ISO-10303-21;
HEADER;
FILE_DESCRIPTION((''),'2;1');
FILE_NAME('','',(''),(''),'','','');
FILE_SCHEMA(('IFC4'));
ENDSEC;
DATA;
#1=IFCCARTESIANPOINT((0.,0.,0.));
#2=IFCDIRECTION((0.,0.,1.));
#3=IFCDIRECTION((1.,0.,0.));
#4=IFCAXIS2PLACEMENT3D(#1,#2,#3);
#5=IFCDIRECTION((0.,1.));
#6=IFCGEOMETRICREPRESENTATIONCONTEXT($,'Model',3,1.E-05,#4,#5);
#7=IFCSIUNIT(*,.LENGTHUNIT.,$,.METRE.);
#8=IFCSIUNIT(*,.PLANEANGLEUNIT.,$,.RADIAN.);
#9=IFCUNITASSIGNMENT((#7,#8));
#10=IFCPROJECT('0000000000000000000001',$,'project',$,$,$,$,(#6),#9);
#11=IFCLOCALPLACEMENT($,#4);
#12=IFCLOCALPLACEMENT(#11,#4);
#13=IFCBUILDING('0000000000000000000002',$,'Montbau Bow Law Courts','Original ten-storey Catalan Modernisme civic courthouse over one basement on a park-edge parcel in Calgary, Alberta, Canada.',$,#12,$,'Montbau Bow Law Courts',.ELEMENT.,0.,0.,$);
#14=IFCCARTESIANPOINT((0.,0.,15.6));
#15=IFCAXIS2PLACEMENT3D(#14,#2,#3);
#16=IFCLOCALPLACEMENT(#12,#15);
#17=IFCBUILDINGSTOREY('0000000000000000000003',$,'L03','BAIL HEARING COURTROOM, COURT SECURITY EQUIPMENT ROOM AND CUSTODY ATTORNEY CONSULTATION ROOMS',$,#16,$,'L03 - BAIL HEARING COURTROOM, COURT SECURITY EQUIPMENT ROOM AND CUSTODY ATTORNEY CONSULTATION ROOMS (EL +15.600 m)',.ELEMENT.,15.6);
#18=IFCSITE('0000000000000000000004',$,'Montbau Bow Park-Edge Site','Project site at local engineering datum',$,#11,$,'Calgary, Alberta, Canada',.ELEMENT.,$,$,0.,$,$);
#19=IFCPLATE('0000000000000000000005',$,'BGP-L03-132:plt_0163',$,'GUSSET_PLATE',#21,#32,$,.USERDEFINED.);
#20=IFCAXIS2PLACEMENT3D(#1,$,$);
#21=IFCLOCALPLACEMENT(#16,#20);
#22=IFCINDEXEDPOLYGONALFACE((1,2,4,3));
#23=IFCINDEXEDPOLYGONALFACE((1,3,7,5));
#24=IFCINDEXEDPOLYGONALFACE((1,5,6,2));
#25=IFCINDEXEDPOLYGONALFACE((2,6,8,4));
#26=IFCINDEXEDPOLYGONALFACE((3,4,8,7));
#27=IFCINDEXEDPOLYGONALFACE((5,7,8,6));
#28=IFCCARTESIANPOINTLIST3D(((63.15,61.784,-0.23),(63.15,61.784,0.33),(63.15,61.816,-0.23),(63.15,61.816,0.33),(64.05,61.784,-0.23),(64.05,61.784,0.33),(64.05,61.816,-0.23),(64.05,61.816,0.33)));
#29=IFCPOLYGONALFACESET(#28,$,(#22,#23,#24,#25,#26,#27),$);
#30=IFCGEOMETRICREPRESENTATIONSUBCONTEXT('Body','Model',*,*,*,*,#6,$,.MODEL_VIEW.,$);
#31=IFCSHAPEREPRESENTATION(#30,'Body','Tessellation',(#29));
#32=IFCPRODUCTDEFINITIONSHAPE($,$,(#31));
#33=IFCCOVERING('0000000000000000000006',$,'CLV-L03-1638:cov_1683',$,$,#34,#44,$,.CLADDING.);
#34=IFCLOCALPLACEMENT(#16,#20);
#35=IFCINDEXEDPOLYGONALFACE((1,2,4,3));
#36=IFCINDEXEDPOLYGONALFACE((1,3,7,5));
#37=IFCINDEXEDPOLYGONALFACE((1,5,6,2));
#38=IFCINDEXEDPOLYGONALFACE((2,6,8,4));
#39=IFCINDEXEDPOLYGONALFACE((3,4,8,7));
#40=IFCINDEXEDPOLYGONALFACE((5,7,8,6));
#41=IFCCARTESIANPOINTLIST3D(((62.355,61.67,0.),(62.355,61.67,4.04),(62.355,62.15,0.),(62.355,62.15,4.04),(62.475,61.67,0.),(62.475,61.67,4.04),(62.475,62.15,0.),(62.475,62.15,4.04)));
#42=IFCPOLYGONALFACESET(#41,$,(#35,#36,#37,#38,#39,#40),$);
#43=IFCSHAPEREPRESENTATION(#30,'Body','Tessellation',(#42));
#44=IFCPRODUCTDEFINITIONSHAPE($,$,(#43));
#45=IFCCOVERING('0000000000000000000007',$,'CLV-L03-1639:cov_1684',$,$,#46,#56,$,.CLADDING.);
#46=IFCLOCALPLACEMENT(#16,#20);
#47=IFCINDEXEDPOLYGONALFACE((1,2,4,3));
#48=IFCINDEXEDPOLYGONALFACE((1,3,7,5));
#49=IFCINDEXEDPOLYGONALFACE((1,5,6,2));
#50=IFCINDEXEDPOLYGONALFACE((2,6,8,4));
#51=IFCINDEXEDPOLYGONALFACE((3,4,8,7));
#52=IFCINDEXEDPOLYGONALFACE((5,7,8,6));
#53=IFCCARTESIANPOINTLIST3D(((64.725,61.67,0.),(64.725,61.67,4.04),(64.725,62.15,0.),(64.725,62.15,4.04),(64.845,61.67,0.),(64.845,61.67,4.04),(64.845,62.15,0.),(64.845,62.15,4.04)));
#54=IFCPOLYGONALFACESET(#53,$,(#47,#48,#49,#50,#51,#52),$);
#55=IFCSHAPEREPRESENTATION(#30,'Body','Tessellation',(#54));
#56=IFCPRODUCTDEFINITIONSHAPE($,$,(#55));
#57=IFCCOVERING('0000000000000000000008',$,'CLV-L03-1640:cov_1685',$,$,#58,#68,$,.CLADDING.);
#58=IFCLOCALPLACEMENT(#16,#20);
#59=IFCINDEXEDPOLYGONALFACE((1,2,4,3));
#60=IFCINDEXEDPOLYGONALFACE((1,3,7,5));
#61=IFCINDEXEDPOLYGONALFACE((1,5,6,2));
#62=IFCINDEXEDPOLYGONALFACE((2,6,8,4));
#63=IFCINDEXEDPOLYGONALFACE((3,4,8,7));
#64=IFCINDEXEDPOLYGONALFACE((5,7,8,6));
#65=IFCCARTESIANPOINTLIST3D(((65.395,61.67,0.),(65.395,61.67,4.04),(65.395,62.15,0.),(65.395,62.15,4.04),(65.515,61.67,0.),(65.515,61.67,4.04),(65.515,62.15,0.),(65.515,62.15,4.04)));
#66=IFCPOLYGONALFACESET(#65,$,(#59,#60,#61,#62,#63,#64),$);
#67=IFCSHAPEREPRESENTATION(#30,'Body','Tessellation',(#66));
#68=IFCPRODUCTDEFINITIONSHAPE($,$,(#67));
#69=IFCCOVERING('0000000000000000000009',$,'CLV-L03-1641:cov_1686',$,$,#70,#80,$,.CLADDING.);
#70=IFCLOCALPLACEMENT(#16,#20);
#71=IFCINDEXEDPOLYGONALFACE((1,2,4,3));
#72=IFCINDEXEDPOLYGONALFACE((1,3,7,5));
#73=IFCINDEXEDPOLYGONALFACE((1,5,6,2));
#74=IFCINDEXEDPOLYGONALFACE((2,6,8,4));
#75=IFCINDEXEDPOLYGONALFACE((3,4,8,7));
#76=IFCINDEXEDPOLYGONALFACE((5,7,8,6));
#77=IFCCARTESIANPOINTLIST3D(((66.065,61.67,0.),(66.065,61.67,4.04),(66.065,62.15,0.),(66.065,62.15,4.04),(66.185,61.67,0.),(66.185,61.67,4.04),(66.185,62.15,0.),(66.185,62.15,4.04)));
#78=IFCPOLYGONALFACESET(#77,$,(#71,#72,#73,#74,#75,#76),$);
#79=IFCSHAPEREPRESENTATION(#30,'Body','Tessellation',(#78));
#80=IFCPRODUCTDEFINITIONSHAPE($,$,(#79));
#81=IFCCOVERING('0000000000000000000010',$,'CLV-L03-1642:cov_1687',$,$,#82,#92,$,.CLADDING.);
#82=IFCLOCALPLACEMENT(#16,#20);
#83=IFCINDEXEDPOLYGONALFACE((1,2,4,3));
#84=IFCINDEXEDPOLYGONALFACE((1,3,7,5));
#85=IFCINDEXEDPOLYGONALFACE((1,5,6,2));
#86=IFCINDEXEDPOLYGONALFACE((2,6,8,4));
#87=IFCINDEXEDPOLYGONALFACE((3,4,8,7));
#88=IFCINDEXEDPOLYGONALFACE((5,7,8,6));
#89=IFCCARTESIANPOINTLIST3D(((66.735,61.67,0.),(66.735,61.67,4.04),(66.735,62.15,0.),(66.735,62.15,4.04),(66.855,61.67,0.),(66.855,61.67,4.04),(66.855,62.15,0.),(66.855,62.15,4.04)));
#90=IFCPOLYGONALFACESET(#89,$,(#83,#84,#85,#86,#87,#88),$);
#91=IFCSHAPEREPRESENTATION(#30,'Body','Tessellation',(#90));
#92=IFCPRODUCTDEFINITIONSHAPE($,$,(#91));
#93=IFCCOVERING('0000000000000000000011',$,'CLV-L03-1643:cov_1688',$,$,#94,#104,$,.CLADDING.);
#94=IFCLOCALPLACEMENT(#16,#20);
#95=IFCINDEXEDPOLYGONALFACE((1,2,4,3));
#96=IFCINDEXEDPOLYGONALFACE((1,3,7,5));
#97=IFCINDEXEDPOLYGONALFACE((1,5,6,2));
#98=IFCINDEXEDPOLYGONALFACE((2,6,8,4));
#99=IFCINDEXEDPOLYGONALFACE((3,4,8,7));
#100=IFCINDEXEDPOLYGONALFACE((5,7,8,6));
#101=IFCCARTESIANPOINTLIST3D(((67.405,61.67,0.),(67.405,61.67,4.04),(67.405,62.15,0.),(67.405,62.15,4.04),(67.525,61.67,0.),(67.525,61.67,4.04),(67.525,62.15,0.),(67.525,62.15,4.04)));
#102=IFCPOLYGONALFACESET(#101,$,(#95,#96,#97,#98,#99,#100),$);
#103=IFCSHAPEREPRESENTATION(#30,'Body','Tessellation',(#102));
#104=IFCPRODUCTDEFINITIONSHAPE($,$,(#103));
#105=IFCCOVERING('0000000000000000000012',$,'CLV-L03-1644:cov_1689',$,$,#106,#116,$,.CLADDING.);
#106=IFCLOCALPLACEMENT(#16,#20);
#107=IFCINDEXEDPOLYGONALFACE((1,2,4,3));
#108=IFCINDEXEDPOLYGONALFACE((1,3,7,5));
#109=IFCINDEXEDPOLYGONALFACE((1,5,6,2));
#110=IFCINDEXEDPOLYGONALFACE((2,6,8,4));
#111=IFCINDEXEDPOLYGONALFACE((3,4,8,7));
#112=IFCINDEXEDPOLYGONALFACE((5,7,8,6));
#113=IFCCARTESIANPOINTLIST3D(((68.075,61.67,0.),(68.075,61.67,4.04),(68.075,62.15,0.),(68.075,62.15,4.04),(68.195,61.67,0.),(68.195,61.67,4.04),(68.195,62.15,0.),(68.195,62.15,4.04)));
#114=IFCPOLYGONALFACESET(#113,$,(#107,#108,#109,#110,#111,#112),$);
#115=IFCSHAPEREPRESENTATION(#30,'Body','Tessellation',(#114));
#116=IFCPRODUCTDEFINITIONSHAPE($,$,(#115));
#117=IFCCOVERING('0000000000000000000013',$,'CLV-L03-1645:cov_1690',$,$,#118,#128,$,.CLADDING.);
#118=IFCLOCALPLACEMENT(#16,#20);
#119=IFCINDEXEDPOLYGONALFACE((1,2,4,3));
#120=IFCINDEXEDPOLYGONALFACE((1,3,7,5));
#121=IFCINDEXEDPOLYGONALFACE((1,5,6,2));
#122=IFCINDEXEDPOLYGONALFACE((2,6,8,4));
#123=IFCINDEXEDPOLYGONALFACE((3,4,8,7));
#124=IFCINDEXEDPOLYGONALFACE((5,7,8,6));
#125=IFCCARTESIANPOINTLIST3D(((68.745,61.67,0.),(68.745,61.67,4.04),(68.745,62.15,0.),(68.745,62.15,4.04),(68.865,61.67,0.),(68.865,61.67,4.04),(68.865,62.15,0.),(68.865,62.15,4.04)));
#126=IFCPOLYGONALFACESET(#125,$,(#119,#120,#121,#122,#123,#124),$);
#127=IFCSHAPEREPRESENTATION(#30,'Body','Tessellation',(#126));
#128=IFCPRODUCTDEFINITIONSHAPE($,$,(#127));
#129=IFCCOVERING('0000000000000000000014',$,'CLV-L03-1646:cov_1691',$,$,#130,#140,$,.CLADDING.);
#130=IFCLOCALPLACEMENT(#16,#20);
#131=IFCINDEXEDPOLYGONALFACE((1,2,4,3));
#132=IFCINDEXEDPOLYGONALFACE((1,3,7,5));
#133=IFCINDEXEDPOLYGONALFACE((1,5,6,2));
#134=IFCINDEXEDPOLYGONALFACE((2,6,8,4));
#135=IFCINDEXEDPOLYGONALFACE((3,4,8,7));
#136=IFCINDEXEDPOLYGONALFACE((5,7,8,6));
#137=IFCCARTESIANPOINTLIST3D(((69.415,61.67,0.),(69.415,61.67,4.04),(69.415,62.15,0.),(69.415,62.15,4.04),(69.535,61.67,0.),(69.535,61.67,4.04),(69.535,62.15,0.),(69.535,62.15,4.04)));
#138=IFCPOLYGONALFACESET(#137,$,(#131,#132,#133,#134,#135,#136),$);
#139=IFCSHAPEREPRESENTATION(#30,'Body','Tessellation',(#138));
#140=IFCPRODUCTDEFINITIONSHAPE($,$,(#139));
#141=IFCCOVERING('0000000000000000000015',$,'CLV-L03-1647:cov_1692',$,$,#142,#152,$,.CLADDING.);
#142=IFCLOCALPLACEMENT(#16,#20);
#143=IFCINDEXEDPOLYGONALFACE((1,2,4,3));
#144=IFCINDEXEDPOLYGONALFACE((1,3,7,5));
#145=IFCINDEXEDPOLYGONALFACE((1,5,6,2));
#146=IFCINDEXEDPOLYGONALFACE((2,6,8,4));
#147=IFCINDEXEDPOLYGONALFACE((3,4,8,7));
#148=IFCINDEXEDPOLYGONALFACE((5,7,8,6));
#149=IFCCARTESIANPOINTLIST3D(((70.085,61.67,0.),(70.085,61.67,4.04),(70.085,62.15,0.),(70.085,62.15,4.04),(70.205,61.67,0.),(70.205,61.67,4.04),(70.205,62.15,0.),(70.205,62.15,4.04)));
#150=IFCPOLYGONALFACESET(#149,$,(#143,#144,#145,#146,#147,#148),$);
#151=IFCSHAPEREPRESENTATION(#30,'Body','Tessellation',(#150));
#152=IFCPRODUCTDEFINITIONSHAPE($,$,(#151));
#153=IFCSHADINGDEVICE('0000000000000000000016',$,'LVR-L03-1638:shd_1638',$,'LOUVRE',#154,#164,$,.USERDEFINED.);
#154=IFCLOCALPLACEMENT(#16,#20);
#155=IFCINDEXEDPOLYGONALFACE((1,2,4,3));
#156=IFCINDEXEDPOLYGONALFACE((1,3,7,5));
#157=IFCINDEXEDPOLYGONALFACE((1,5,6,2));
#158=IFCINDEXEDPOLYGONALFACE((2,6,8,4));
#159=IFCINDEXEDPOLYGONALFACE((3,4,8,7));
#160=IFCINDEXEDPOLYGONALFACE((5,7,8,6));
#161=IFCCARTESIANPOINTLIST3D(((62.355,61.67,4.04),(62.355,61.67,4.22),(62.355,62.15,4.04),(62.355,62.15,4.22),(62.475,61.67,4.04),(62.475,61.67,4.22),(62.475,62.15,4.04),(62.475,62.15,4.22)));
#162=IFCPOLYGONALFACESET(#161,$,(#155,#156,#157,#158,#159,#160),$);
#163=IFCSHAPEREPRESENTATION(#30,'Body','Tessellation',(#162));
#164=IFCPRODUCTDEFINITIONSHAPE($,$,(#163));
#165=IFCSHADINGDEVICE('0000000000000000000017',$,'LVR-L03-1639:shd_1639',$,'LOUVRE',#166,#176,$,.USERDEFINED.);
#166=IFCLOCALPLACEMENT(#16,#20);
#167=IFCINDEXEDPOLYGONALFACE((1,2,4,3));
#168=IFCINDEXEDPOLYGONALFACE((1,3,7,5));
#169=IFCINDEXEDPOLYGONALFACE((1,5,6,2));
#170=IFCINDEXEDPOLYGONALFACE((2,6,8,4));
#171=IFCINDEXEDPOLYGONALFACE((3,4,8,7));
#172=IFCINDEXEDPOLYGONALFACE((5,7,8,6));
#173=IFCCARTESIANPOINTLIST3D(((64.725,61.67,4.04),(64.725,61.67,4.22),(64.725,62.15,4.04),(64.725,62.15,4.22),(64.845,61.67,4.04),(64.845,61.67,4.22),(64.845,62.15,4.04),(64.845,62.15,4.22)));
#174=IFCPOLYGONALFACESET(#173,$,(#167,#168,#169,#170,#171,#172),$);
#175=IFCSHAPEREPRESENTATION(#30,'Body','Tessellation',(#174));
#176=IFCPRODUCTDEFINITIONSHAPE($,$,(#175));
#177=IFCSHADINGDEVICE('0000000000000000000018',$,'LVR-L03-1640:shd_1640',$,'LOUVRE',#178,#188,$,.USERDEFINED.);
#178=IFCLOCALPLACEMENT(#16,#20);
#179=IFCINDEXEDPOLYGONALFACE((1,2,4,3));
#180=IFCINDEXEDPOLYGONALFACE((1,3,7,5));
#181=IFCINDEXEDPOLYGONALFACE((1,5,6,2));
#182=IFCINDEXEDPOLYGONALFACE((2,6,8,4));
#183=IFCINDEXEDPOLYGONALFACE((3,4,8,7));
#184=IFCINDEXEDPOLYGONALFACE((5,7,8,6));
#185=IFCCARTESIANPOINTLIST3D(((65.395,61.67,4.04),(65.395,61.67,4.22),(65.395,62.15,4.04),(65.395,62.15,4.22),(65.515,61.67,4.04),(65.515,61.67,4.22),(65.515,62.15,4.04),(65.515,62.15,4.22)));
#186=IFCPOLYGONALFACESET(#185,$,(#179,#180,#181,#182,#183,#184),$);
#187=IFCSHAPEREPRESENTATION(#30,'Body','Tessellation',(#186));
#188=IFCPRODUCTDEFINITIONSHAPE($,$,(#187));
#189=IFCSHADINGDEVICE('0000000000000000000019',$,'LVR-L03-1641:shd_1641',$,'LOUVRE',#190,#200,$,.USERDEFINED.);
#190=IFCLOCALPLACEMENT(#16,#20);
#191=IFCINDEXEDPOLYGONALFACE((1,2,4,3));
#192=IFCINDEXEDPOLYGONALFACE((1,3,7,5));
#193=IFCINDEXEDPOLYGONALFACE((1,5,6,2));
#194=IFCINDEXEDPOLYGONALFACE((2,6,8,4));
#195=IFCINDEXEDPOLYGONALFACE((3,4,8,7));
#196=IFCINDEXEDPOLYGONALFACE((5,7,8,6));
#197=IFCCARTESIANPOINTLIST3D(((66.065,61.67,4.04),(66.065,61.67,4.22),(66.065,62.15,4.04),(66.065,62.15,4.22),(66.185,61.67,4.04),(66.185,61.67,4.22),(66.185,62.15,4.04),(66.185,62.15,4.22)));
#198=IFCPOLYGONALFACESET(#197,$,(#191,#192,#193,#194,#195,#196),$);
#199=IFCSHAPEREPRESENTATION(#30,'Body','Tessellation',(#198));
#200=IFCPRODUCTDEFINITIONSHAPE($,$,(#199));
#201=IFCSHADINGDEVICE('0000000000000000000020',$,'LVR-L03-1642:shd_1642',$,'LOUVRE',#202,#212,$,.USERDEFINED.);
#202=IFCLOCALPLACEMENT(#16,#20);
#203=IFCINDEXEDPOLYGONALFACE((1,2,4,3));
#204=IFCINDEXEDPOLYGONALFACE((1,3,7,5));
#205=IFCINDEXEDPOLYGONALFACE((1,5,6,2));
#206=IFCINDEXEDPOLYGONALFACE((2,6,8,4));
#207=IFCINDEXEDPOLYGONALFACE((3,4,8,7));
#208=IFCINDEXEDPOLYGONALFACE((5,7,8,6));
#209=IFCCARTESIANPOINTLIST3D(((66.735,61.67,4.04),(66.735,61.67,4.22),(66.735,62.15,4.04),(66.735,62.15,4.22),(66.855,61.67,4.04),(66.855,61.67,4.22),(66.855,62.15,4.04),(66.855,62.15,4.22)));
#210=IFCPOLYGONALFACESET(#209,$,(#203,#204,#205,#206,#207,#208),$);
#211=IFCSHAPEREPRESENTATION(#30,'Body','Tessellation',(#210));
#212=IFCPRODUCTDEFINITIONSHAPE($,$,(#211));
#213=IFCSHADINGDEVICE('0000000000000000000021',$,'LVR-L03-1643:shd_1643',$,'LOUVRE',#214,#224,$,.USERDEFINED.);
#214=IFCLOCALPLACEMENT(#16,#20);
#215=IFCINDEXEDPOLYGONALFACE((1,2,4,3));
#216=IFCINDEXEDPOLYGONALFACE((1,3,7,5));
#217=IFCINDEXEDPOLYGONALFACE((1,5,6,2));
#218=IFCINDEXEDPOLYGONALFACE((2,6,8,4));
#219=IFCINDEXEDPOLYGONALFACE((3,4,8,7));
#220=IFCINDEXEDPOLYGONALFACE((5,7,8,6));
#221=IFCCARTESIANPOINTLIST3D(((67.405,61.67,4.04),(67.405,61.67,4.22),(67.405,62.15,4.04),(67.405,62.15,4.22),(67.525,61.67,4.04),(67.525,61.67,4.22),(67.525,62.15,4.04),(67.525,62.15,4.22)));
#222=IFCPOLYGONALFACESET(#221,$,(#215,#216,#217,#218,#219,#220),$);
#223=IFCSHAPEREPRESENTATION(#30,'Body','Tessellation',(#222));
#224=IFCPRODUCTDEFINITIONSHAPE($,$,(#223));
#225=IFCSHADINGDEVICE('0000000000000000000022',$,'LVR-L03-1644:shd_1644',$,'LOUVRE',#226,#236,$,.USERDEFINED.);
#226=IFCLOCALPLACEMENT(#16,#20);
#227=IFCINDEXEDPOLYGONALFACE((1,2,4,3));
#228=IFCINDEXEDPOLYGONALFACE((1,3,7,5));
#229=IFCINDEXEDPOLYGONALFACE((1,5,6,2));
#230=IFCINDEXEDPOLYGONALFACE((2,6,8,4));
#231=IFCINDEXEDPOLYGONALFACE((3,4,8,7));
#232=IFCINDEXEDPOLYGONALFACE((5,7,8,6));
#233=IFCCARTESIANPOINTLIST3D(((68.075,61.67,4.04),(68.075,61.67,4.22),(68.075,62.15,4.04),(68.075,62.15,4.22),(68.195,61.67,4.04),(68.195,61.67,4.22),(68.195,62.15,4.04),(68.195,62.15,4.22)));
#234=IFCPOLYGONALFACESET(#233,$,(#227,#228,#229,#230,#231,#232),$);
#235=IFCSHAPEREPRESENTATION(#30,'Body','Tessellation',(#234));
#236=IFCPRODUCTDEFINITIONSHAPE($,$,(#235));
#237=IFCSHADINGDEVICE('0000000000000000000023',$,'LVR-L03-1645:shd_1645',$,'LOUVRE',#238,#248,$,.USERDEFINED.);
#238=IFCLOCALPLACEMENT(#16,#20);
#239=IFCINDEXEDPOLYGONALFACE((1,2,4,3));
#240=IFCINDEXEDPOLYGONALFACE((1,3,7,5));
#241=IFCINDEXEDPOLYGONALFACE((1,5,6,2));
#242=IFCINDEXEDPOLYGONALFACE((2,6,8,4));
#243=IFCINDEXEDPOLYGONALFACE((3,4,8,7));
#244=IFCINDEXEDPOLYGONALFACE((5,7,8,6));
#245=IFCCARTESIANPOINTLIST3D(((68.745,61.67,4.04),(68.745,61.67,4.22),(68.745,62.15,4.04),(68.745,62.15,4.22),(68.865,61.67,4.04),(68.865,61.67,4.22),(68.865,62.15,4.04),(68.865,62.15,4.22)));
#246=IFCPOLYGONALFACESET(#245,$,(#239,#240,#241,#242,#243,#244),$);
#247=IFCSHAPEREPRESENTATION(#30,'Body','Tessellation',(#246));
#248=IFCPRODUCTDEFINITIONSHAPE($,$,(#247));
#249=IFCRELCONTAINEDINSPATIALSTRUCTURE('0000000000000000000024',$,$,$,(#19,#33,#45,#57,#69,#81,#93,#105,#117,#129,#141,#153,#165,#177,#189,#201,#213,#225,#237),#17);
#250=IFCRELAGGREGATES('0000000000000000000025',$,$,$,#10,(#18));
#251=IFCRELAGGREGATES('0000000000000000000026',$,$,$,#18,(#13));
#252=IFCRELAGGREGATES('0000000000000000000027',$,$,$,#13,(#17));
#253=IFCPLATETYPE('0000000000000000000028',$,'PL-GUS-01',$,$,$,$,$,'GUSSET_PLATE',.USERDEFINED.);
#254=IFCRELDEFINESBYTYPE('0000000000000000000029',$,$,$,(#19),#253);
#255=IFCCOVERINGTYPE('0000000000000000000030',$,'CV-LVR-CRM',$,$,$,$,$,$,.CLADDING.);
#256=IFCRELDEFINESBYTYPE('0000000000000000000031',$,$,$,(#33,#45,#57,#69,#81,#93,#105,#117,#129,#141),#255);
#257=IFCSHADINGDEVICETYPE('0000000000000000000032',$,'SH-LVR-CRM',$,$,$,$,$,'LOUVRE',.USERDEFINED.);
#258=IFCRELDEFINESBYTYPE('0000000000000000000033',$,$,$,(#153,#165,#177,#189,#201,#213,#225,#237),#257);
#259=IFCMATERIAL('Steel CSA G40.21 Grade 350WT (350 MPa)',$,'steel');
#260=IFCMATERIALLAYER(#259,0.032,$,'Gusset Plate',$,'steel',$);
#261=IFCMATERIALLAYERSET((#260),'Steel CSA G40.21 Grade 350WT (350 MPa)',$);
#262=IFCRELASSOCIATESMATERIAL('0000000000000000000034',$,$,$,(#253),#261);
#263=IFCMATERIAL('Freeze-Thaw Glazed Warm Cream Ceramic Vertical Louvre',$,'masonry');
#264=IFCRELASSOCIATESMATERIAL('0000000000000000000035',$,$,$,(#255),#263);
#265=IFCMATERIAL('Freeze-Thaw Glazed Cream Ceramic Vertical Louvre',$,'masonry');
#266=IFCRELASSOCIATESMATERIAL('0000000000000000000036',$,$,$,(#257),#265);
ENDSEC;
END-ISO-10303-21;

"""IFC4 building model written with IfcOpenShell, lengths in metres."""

from ifc_helpers import new_model, si_unit, direction, frame, frame_2d, origin_with_axes, origin_2d_with_axis, place, context, subcontext, project, spatial, rectangle, extrude, material, layer, layer_set, type_object, element, save


model = new_model("IFC4")

# Units and contexts
model_context = context("Model", 3, precision=1e-05, world=origin_with_axes(), true_north=direction((0.0, 1.0)))
body_context = subcontext(model_context, "Body", "Model", "MODEL_VIEW")
ifc_project = project(units=[si_unit("LENGTHUNIT", "METRE"), si_unit("PLANEANGLEUNIT", "RADIAN")], contexts=[model_context])

# Site, building, storey
site_placement = place(None, origin_with_axes())
site = spatial("IfcSite", under=ifc_project, at=site_placement, Name="Montbau Bow Park-Edge Site", Description="Project site at local engineering datum", LongName="Calgary, Alberta, Canada", CompositionType="ELEMENT", RefElevation=0.0)
building_placement = place(site_placement, origin_with_axes())
building = spatial("IfcBuilding", under=site, at=building_placement, Name="Montbau Bow Law Courts", Description="Original ten-storey Catalan Modernisme civic courthouse over one basement on a park-edge parcel in Calgary, Alberta, Canada.", LongName="Montbau Bow Law Courts", CompositionType="ELEMENT", ElevationOfRefHeight=0.0, ElevationOfTerrain=0.0)
storey_placement = place(building_placement, frame((0.0, 0.0, 15.6), z_axis=(0.0, 0.0, 1.0), x_axis=(1.0, 0.0, 0.0)))
storey = spatial("IfcBuildingStorey", under=building, at=storey_placement, Name="L03", Description="BAIL HEARING COURTROOM, COURT SECURITY EQUIPMENT ROOM AND CUSTODY ATTORNEY CONSULTATION ROOMS", LongName="L03 - BAIL HEARING COURTROOM, COURT SECURITY EQUIPMENT ROOM AND CUSTODY ATTORNEY CONSULTATION ROOMS (EL +15.600 m)", CompositionType="ELEMENT", Elevation=15.6)

# Shared definitions
ifc_material_1 = material(Name="Steel CSA G40.21 Grade 350WT (350 MPa)", Category="steel")

# Plate
ifc_layer = layer(ifc_material_1, 0.032, Name="Gusset Plate", Category="steel")
ifc_layer_set = layer_set([ifc_layer], Name="Steel CSA G40.21 Grade 350WT (350 MPa)")
plate_type = type_object("IfcPlateType", Name="PL-GUS-01", ElementType="GUSSET_PLATE", PredefinedType="USERDEFINED", material=ifc_layer_set)
plate_placement = place(None, frame((63.6, 61.8, 15.37), z_axis=(0.0, 0.0, 1.0), x_axis=(1.0, 0.0, 0.0)))
element("IfcPlate", 1, at=plate_placement, inside=storey, type_object=plate_type, Name="BGP-L03-132:plt_0163", ObjectType="GUSSET_PLATE", PredefinedType="USERDEFINED", context=body_context, shape_type="SweptSolid", body=[
    extrude(rectangle(XDim=0.9, YDim=0.032, at=origin_2d_with_axis()), origin_with_axes(), (0.0, 0.0, 1.0), 0.56),
])

# Coverings
ifc_material_2 = material(Name="Freeze-Thaw Glazed Warm Cream Ceramic Vertical Louvre", Category="masonry")
covering_type = type_object("IfcCoveringType", Name="CV-LVR-CRM", PredefinedType="CLADDING", material=ifc_material_2)
for number, where, z_axis, x_axis, name in (
    (2, (62.415, 61.67, 15.6), (1.0, 0.0, 0.0), (0.0, 1.0, 0.0), "CLV-L03-1638:cov_1683"),
    (3, (64.785, 61.67, 15.6), (1.0, 0.0, 0.0), (0.0, 1.0, 0.0), "CLV-L03-1639:cov_1684"),
    (4, (65.455, 61.67, 15.6), (1.0, 0.0, 0.0), (0.0, 1.0, 0.0), "CLV-L03-1640:cov_1685"),
    (5, (66.125, 61.67, 15.6), (1.0, 0.0, 0.0), (0.0, 1.0, 0.0), "CLV-L03-1641:cov_1686"),
    (6, (66.795, 61.67, 15.6), (1.0, 0.0, 0.0), (0.0, 1.0, 0.0), "CLV-L03-1642:cov_1687"),
    (7, (67.465, 61.67, 15.6), (1.0, 0.0, 0.0), (0.0, 1.0, 0.0), "CLV-L03-1643:cov_1688"),
    (8, (68.135, 61.67, 15.6), (1.0, 0.0, 0.0), (0.0, 1.0, 0.0), "CLV-L03-1644:cov_1689"),
    (9, (68.805, 61.67, 15.6), (1.0, 0.0, 0.0), (0.0, 1.0, 0.0), "CLV-L03-1645:cov_1690"),
    (10, (69.475, 61.67, 15.6), (1.0, 0.0, 0.0), (0.0, 1.0, 0.0), "CLV-L03-1646:cov_1691"),
    (11, (70.145, 61.67, 15.6), (1.0, 0.0, 0.0), (0.0, 1.0, 0.0), "CLV-L03-1647:cov_1692"),
):
    element("IfcCovering", number, at=place(None, frame(where, z_axis=z_axis, x_axis=x_axis)), inside=storey, type_object=covering_type, Name=name, PredefinedType="CLADDING", context=body_context, shape_type="SweptSolid", body=[
        extrude(rectangle(XDim=0.48, YDim=4.04, at=frame_2d((0.24, 2.02), x_axis=(1.0, 0.0))), frame((0.0, 0.0, -0.06), z_axis=(0.0, 0.0, 1.0), x_axis=(1.0, 0.0, 0.0)), (0.0, 0.0, 1.0), 0.12),
    ])

# Shading devices
ifc_material_3 = material(Name="Freeze-Thaw Glazed Cream Ceramic Vertical Louvre", Category="masonry")
shading_device_type = type_object("IfcShadingDeviceType", Name="SH-LVR-CRM", ElementType="LOUVRE", PredefinedType="USERDEFINED", material=ifc_material_3)
for number, where, z_axis, x_axis, name in (
    (12, (62.415, 61.91, 19.64), (0.0, 0.0, 1.0), (0.0, 1.0, 0.0), "LVR-L03-1638:shd_1638"),
    (13, (64.785, 61.91, 19.64), (0.0, 0.0, 1.0), (0.0, 1.0, 0.0), "LVR-L03-1639:shd_1639"),
    (14, (65.455, 61.91, 19.64), (0.0, 0.0, 1.0), (0.0, 1.0, 0.0), "LVR-L03-1640:shd_1640"),
    (15, (66.125, 61.91, 19.64), (0.0, 0.0, 1.0), (0.0, 1.0, 0.0), "LVR-L03-1641:shd_1641"),
    (16, (66.795, 61.91, 19.64), (0.0, 0.0, 1.0), (0.0, 1.0, 0.0), "LVR-L03-1642:shd_1642"),
    (17, (67.465, 61.91, 19.64), (0.0, 0.0, 1.0), (0.0, 1.0, 0.0), "LVR-L03-1643:shd_1643"),
    (18, (68.135, 61.91, 19.64), (0.0, 0.0, 1.0), (0.0, 1.0, 0.0), "LVR-L03-1644:shd_1644"),
    (19, (68.805, 61.91, 19.64), (0.0, 0.0, 1.0), (0.0, 1.0, 0.0), "LVR-L03-1645:shd_1645"),
):
    element("IfcShadingDevice", number, at=place(None, frame(where, z_axis=z_axis, x_axis=x_axis)), inside=storey, type_object=shading_device_type, Name=name, ObjectType="LOUVRE", PredefinedType="USERDEFINED", context=body_context, shape_type="SweptSolid", body=[
        extrude(rectangle(XDim=0.48, YDim=0.12, at=origin_2d_with_axis()), origin_with_axes(), (0.0, 0.0, 1.0), 0.18),
    ])

save(model, "model.ifc")
